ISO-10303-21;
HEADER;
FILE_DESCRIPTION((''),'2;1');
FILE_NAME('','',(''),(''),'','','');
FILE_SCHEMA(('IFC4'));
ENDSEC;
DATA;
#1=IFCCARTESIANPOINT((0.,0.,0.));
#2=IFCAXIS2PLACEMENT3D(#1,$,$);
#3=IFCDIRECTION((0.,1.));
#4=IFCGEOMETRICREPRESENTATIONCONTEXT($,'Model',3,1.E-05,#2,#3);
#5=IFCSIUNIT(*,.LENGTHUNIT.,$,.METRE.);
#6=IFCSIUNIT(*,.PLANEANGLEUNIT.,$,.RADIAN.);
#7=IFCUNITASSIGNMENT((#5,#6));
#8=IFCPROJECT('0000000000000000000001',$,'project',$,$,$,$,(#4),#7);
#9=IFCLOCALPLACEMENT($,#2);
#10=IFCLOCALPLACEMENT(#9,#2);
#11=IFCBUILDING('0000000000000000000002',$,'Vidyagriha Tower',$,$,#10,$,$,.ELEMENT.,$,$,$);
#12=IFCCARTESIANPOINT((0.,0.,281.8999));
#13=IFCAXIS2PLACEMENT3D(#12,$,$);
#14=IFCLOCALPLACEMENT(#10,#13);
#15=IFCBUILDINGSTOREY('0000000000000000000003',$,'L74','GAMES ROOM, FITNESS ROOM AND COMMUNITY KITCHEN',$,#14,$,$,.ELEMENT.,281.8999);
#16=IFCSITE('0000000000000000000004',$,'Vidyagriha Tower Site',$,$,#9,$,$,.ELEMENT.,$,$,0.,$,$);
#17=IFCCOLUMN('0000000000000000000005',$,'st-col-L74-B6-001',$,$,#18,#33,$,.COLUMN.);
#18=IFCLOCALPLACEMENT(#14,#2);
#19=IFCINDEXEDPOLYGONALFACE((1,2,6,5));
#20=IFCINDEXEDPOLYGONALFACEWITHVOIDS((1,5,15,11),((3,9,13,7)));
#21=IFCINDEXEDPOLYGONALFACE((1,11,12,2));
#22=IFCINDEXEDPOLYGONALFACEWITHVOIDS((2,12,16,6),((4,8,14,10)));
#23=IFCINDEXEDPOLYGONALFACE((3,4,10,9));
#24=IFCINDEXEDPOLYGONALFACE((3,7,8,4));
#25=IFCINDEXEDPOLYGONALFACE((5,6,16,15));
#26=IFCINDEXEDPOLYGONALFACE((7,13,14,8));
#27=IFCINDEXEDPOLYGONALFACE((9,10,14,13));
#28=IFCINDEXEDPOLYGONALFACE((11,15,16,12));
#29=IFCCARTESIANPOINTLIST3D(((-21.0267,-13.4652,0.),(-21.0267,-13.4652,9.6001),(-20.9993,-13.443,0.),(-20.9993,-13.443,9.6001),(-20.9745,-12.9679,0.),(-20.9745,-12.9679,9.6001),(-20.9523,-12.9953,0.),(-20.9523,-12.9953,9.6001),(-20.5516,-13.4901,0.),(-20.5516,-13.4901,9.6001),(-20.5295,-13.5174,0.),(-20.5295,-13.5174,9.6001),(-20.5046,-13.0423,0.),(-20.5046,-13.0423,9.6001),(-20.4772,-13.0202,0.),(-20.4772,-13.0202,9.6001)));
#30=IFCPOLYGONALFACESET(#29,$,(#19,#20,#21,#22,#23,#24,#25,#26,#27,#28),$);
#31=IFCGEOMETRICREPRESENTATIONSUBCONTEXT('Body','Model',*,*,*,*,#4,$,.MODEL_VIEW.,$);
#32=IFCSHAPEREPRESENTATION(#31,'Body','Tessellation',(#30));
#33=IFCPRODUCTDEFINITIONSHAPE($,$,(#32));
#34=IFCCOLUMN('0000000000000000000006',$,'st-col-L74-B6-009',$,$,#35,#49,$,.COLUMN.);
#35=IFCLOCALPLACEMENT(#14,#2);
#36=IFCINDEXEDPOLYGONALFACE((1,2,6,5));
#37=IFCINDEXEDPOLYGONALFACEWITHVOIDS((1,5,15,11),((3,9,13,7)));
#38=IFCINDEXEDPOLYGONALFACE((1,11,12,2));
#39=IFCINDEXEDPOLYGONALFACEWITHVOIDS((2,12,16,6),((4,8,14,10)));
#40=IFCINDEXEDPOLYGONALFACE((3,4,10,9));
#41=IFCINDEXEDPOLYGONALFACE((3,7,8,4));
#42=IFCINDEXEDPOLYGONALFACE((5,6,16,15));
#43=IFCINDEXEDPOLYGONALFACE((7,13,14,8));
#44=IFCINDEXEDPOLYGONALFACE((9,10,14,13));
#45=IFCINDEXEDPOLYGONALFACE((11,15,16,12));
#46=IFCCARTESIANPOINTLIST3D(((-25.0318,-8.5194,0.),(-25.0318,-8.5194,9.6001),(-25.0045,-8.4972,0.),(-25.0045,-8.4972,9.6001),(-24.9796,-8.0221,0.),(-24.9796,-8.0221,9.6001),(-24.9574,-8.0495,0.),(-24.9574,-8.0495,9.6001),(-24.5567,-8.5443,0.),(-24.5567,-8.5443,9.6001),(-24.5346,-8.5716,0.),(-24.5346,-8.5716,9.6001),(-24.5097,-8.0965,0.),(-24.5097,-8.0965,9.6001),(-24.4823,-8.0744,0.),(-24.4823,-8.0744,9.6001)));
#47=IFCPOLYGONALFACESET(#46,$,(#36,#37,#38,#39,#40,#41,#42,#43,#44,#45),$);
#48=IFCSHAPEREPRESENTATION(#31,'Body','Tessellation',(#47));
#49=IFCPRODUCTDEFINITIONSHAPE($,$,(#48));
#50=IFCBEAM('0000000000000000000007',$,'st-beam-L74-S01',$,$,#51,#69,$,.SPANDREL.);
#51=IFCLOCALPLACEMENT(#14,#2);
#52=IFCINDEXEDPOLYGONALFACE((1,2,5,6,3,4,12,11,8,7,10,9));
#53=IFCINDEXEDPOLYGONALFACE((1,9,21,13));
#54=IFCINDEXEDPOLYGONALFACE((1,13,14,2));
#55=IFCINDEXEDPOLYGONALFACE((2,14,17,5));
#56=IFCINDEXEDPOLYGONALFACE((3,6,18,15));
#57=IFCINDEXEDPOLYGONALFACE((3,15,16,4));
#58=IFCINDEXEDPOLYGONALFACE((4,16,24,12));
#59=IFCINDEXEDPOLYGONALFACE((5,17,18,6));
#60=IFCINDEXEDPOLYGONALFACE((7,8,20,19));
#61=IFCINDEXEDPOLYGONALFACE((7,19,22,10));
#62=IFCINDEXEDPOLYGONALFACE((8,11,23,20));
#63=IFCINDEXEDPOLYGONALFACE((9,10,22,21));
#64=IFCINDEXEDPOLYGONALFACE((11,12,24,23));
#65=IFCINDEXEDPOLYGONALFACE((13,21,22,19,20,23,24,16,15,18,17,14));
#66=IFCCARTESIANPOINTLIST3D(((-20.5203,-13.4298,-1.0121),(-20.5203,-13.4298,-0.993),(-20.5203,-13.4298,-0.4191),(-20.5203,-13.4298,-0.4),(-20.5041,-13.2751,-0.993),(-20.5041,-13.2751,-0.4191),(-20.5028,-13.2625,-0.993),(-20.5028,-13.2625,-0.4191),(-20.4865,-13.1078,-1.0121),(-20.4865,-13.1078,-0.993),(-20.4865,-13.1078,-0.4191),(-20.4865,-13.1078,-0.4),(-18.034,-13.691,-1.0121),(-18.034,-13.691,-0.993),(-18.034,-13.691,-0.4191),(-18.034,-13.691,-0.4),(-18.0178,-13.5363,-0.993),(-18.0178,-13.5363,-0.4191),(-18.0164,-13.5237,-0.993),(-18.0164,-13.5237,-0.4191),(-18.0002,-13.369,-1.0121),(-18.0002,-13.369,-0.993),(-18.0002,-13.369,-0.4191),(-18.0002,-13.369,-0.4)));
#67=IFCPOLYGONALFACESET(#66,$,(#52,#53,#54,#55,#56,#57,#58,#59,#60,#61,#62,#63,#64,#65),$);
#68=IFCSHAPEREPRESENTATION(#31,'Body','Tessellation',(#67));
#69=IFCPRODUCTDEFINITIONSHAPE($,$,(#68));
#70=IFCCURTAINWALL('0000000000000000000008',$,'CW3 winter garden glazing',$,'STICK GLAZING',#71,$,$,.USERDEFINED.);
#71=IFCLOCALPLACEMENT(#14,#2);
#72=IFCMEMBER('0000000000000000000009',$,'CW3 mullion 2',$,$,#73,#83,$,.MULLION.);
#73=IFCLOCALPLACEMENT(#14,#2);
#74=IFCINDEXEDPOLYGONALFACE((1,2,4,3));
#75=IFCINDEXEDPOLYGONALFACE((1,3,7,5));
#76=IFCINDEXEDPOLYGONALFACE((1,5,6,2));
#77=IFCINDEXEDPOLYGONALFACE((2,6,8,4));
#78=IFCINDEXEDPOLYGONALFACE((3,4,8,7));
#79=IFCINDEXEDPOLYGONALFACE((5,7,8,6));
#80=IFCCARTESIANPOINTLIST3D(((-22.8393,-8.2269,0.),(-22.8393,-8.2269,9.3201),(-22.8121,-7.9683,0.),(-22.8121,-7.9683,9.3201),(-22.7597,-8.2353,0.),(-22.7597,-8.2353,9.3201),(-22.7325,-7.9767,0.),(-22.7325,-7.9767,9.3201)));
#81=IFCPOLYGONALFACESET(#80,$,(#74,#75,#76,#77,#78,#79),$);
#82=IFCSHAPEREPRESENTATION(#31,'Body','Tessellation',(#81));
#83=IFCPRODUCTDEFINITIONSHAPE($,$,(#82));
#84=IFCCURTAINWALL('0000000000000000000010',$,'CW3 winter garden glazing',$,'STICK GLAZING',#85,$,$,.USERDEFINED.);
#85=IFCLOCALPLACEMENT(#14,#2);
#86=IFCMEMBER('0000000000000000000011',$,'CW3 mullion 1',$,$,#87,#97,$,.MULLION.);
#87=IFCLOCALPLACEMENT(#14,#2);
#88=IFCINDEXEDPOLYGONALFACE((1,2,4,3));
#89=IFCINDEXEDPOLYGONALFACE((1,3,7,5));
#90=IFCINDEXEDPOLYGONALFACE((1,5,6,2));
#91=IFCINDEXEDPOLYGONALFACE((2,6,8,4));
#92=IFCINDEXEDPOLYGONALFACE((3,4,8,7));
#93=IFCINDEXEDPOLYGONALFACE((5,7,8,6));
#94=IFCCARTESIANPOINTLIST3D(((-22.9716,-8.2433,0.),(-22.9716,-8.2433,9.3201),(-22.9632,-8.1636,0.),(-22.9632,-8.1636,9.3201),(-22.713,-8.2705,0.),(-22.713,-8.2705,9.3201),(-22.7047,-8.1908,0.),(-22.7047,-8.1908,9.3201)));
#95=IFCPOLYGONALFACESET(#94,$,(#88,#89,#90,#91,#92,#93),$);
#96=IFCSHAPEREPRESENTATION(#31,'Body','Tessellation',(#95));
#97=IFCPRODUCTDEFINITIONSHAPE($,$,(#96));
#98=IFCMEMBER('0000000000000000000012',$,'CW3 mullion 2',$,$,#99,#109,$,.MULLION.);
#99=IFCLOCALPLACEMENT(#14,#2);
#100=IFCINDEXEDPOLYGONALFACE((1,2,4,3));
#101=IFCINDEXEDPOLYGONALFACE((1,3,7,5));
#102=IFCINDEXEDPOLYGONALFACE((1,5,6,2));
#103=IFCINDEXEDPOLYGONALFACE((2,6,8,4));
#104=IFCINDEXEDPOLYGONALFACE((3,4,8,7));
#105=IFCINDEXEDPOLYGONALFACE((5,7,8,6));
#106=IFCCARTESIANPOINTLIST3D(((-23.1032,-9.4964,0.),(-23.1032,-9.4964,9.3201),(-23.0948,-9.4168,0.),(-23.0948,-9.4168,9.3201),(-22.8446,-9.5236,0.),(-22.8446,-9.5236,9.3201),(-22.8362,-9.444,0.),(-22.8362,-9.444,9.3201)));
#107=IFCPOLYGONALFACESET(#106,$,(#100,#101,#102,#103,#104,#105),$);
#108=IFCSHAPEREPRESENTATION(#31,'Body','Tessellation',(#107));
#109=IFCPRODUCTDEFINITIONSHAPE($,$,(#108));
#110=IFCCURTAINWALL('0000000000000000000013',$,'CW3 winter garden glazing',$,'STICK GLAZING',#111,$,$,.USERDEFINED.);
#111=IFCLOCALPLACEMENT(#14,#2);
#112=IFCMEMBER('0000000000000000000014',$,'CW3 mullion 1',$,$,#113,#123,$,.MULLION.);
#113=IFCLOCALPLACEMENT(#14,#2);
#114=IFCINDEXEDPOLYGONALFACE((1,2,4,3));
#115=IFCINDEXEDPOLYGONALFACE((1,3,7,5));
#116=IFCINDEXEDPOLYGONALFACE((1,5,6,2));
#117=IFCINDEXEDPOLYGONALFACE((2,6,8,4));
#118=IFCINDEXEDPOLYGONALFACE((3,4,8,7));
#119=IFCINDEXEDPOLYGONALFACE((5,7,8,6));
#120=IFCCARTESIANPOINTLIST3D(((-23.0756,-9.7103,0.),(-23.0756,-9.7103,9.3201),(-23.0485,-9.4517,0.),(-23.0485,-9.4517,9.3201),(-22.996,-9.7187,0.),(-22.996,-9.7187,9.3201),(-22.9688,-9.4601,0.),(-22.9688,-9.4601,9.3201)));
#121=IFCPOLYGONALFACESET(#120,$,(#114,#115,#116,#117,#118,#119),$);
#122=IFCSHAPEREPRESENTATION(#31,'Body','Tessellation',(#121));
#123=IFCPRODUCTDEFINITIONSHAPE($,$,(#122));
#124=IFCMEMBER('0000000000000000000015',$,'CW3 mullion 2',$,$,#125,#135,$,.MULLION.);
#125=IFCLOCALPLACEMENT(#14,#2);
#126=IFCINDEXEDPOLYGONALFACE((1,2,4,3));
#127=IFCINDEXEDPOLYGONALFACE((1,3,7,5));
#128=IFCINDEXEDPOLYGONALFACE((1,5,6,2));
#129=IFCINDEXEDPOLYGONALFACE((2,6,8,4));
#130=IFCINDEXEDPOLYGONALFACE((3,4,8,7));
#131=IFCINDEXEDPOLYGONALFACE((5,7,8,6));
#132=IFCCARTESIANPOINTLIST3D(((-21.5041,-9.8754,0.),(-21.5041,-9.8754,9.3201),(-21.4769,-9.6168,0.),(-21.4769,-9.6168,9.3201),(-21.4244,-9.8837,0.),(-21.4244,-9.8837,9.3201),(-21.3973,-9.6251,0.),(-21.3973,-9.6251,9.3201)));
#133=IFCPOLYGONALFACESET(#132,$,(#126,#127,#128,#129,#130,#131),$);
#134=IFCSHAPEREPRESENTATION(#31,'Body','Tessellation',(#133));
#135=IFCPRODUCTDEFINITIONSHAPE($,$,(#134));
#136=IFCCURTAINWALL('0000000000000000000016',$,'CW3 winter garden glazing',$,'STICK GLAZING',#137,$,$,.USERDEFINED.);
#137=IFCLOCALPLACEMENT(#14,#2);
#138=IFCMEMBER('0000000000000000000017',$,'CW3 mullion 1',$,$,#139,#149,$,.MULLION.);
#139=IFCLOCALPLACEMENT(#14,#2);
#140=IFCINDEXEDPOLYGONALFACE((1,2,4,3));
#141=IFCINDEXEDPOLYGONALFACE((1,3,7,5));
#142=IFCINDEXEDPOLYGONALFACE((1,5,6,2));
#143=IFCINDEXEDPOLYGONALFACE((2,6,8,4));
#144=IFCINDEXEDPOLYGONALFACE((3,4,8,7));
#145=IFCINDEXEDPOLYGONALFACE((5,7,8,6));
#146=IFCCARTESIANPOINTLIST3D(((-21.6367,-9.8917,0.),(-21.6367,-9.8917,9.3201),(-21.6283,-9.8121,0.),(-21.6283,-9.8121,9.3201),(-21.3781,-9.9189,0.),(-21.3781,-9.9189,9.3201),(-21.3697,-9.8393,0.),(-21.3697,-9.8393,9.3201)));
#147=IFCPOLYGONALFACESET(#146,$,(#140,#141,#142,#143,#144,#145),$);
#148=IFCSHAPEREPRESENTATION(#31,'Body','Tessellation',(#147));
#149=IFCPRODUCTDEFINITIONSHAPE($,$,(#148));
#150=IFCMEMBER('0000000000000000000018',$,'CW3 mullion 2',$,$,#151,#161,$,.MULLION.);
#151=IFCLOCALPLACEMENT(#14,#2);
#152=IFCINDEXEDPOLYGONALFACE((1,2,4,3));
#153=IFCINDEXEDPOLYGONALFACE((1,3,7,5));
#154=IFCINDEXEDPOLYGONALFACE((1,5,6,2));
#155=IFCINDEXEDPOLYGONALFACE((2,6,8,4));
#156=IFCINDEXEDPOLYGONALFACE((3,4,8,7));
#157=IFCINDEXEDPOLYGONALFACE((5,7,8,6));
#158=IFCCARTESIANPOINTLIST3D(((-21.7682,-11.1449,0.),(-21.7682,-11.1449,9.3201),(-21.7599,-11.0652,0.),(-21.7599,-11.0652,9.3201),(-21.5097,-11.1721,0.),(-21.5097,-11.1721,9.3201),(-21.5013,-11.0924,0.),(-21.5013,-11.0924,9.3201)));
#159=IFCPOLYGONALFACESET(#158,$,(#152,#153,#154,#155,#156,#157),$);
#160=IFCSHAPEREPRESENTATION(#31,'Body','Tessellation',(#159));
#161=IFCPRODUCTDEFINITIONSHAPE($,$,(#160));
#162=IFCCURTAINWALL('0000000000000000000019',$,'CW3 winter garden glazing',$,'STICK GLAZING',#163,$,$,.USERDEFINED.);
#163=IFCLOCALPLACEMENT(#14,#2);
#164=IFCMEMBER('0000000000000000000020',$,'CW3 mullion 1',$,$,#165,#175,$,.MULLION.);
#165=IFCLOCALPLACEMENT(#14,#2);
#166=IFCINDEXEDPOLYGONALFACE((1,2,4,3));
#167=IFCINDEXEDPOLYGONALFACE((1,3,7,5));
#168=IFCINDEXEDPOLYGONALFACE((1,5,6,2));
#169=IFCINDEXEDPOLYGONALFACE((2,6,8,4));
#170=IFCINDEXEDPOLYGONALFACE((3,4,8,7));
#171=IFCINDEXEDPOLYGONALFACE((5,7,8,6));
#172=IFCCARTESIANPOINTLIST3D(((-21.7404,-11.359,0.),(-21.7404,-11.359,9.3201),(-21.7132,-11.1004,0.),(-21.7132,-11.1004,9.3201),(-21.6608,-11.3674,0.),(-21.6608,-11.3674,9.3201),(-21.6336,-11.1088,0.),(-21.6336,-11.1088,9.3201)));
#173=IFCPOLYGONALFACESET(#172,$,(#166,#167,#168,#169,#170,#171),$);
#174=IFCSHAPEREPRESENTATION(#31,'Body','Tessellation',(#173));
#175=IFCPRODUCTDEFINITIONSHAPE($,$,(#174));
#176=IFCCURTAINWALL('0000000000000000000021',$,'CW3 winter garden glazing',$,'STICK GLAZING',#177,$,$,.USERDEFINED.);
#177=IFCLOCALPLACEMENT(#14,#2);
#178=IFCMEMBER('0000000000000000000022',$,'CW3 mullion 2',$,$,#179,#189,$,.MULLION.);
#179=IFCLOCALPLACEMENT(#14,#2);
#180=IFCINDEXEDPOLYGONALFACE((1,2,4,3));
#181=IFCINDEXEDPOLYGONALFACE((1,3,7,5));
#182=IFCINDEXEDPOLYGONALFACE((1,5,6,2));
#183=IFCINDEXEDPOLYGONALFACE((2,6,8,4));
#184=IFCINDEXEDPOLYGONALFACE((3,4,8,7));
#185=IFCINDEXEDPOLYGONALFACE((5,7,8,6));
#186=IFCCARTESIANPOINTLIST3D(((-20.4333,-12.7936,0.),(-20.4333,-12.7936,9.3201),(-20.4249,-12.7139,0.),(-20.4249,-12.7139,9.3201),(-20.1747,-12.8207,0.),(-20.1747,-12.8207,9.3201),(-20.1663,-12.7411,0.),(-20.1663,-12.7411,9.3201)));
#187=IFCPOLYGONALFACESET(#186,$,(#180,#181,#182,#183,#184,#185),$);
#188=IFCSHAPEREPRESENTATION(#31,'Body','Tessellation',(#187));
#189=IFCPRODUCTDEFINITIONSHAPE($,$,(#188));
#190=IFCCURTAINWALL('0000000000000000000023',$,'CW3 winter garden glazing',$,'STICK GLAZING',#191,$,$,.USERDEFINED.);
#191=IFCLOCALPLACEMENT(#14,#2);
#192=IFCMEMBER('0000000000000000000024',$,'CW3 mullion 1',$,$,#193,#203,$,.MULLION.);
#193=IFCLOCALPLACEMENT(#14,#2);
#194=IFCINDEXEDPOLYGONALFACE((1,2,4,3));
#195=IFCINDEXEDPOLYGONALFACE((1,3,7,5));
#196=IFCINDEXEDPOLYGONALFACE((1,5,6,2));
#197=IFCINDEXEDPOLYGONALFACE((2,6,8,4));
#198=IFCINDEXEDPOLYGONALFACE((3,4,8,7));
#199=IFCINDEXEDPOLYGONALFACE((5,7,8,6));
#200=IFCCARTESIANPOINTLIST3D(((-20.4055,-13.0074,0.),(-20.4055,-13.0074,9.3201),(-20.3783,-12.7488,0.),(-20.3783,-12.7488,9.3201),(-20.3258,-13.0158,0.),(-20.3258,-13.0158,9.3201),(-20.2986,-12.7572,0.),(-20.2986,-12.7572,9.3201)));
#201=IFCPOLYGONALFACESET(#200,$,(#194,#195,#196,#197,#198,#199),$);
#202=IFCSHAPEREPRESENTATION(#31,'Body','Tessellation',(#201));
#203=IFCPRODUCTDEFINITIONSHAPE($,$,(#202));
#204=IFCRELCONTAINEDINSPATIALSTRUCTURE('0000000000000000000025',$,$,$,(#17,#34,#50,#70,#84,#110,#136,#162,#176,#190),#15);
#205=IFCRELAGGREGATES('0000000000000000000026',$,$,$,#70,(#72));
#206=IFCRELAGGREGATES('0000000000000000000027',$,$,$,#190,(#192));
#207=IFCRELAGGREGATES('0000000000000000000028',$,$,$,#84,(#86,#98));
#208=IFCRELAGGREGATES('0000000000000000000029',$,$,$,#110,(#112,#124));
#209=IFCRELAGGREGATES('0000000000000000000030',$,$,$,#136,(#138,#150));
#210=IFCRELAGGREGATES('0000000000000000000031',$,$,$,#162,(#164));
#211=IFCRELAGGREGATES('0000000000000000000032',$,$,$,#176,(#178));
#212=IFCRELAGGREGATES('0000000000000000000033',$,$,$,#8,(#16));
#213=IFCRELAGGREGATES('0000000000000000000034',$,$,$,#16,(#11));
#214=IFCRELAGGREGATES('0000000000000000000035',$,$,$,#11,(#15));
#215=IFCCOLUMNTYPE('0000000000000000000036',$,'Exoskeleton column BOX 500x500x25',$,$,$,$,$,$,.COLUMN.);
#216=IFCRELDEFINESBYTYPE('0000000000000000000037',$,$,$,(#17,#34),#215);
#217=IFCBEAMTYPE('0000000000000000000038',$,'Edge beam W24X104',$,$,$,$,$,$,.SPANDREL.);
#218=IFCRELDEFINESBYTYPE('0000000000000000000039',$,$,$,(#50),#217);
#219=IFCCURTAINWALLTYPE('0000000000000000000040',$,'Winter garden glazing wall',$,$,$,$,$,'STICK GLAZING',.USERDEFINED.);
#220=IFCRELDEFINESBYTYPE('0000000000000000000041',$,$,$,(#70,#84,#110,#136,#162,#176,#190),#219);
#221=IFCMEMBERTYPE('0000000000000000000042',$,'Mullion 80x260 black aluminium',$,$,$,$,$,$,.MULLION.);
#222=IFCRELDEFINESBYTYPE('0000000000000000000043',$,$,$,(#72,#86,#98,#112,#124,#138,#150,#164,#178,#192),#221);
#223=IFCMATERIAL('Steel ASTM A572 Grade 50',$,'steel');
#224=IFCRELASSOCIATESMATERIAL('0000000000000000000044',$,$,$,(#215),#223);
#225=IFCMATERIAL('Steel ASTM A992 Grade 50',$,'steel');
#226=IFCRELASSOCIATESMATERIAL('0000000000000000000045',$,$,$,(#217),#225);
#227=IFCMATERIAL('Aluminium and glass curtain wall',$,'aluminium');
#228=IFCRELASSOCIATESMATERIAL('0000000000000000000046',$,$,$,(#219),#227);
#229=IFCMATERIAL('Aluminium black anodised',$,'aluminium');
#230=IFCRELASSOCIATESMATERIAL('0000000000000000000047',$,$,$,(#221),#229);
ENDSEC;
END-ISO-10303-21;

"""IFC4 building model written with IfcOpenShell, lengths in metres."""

from ifc_helpers import new_model, si_unit, direction, frame, origin, origin_2d, place, context, subcontext, project, spatial, rectangle, hollow_rectangle, i_section, extrude, material, material_profile, profile_set, type_object, element, aggregate, save


model = new_model("IFC4")

# Units and contexts
model_context = context("Model", 3, precision=1e-05, world=origin(), true_north=direction((0.0, 1.0)))
body_context = subcontext(model_context, "Body", "Model", "MODEL_VIEW")
ifc_project = project(units=[si_unit("LENGTHUNIT", "METRE"), si_unit("PLANEANGLEUNIT", "RADIAN")], contexts=[model_context])

# Site, building, storey
site_placement = place(None, origin())
site = spatial("IfcSite", under=ifc_project, at=site_placement, Name="Vidyagriha Tower Site", CompositionType="ELEMENT", RefElevation=0.0)
building_placement = place(site_placement, origin())
building = spatial("IfcBuilding", under=site, at=building_placement, Name="Vidyagriha Tower", CompositionType="ELEMENT")
storey_placement = place(building_placement, frame((0.0, 0.0, 281.8999)))
storey = spatial("IfcBuildingStorey", under=building, at=storey_placement, Name="L74", Description="GAMES ROOM, FITNESS ROOM AND COMMUNITY KITCHEN", CompositionType="ELEMENT", Elevation=281.8999)

# Columns
ifc_material_1 = material(Name="Steel ASTM A572 Grade 50", Category="steel")
ifc_material_profile_1 = material_profile(ifc_material_1, hollow_rectangle(XDim=0.5, YDim=0.5, WallThickness=0.0249, at=origin_2d()), Name="BOX 500x500x25")
ifc_profile_set_1 = profile_set([ifc_material_profile_1], Name="Steel ASTM A572 Grade 50")
column_type = type_object("IfcColumnType", Name="Exoskeleton column BOX 500x500x25", PredefinedType="COLUMN", material=ifc_profile_set_1)
for number, where, z_axis, x_axis, name in (
    (1, (-20.752, -13.2427, 0.0), (0.0, 0.0, 1.0), (0.994522, -0.104528, 0.0), "st-col-L74-B6-001"),
    (2, (-24.7571, -8.2969, 0.0), (0.0, 0.0, 1.0), (0.994522, -0.104528, 0.0), "st-col-L74-B6-009"),
):
    element("IfcColumn", number, at=place(storey_placement, frame(where, z_axis=z_axis, x_axis=x_axis)), inside=storey, type_object=column_type, Name=name, PredefinedType="COLUMN", context=body_context, shape_type="SweptSolid", body=[
        extrude(hollow_rectangle(XDim=0.5, YDim=0.5, WallThickness=0.0249, at=origin_2d()), origin(), (0.0, 0.0, 1.0), 9.6001),
    ])

# Beam
ifc_material_2 = material(Name="Steel ASTM A992 Grade 50", Category="steel")
ifc_material_profile_2 = material_profile(ifc_material_2, i_section(OverallWidth=0.3237, OverallDepth=0.6121, WebThickness=0.0127, FlangeThickness=0.019, at=origin_2d()), Name="W24X104")
ifc_profile_set_2 = profile_set([ifc_material_profile_2], Name="Steel ASTM A992 Grade 50")
beam_type = type_object("IfcBeamType", Name="Edge beam W24X104", PredefinedType="SPANDREL", material=ifc_profile_set_2)
beam_placement = place(storey_placement, frame((-20.5034, -13.2688, -0.7061), z_axis=(0.994526, -0.104492, 0.0), x_axis=(0.104492, 0.994526, 0.0)))
element("IfcBeam", 3, at=beam_placement, inside=storey, type_object=beam_type, Name="st-beam-L74-S01", PredefinedType="SPANDREL", context=body_context, shape_type="SweptSolid", body=[
    extrude(i_section(OverallWidth=0.3237, OverallDepth=0.6121, WebThickness=0.0127, FlangeThickness=0.019, at=origin_2d()), origin(), (0.0, 0.0, 1.0), 2.5),
])

# Curtain wall, member
ifc_material_3 = material(Name="Aluminium and glass curtain wall", Category="aluminium")
curtain_wall_type = type_object("IfcCurtainWallType", Name="Winter garden glazing wall", ElementType="STICK GLAZING", PredefinedType="USERDEFINED", material=ifc_material_3)
curtain_wall_1_placement = place(storey_placement, origin())
curtain_wall_1 = element("IfcCurtainWall", 4, at=curtain_wall_1_placement, inside=storey, type_object=curtain_wall_type, Name="CW3 winter garden glazing", ObjectType="STICK GLAZING", PredefinedType="USERDEFINED")
ifc_material_4 = material(Name="Aluminium black anodised", Category="aluminium")
ifc_material_profile_3 = material_profile(ifc_material_4, rectangle(XDim=0.26, YDim=0.0801, at=origin_2d()), Name="Mullion 80x260 black aluminium")
ifc_profile_set_3 = profile_set([ifc_material_profile_3], Name="Aluminium black anodised")
member_type_1 = type_object("IfcMemberType", Name="Mullion 80x260 black aluminium", PredefinedType="MULLION", material=ifc_profile_set_3)
member_1_placement = place(storey_placement, frame((-22.7859, -8.1018, 0.0), z_axis=(0.0, 0.0, 1.0), x_axis=(0.104519, 0.994523, 0.0)))
member_1 = element("IfcMember", 5, at=member_1_placement, type_object=member_type_1, Name="CW3 mullion 2", PredefinedType="MULLION", context=body_context, shape_type="SweptSolid", body=[
    extrude(rectangle(XDim=0.26, YDim=0.0801, at=origin_2d()), origin(), (0.0, 0.0, 1.0), 9.3201),
])
aggregate(curtain_wall_1, [member_1])

# Curtain walls, members
curtain_wall_2_placement = place(storey_placement, origin())
curtain_wall_2 = element("IfcCurtainWall", 6, at=curtain_wall_2_placement, inside=storey, type_object=curtain_wall_type, Name="CW3 winter garden glazing", ObjectType="STICK GLAZING", PredefinedType="USERDEFINED")
member_2_placement = place(storey_placement, frame((-22.8381, -8.217, 0.0), z_axis=(0.0, 0.0, 1.0), x_axis=(0.994519, -0.104557, 0.0)))
member_2 = element("IfcMember", 7, at=member_2_placement, type_object=member_type_1, Name="CW3 mullion 1", PredefinedType="MULLION", context=body_context, shape_type="SweptSolid", body=[
    extrude(rectangle(XDim=0.26, YDim=0.0801, at=origin_2d()), origin(), (0.0, 0.0, 1.0), 9.3201),
])
member_3_placement = place(storey_placement, frame((-22.9697, -9.4702, 0.0), z_axis=(0.0, 0.0, 1.0), x_axis=(0.994519, -0.104557, 0.0)))
member_3 = element("IfcMember", 8, at=member_3_placement, type_object=member_type_1, Name="CW3 mullion 2", PredefinedType="MULLION", context=body_context, shape_type="SweptSolid", body=[
    extrude(rectangle(XDim=0.26, YDim=0.0801, at=origin_2d()), origin(), (0.0, 0.0, 1.0), 9.3201),
])
curtain_wall_3_placement = place(storey_placement, origin())
curtain_wall_3 = element("IfcCurtainWall", 9, at=curtain_wall_3_placement, inside=storey, type_object=curtain_wall_type, Name="CW3 winter garden glazing", ObjectType="STICK GLAZING", PredefinedType="USERDEFINED")
member_4_placement = place(storey_placement, frame((-23.0222, -9.5852, 0.0), z_axis=(0.0, 0.0, 1.0), x_axis=(0.104459, 0.994529, 0.0)))
member_4 = element("IfcMember", 10, at=member_4_placement, type_object=member_type_1, Name="CW3 mullion 1", PredefinedType="MULLION", context=body_context, shape_type="SweptSolid", body=[
    extrude(rectangle(XDim=0.26, YDim=0.0801, at=origin_2d()), origin(), (0.0, 0.0, 1.0), 9.3201),
])
member_5_placement = place(storey_placement, frame((-21.4507, -9.7502, 0.0), z_axis=(0.0, 0.0, 1.0), x_axis=(0.104459, 0.994529, 0.0)))
member_5 = element("IfcMember", 11, at=member_5_placement, type_object=member_type_1, Name="CW3 mullion 2", PredefinedType="MULLION", context=body_context, shape_type="SweptSolid", body=[
    extrude(rectangle(XDim=0.26, YDim=0.0801, at=origin_2d()), origin(), (0.0, 0.0, 1.0), 9.3201),
])
curtain_wall_4_placement = place(storey_placement, origin())
curtain_wall_4 = element("IfcCurtainWall", 12, at=curtain_wall_4_placement, inside=storey, type_object=curtain_wall_type, Name="CW3 winter garden glazing", ObjectType="STICK GLAZING", PredefinedType="USERDEFINED")
member_6_placement = place(storey_placement, frame((-21.5032, -9.8655, 0.0), z_axis=(0.0, 0.0, 1.0), x_axis=(0.99452, -0.104549, 0.0)))
member_6 = element("IfcMember", 13, at=member_6_placement, type_object=member_type_1, Name="CW3 mullion 1", PredefinedType="MULLION", context=body_context, shape_type="SweptSolid", body=[
    extrude(rectangle(XDim=0.26, YDim=0.0801, at=origin_2d()), origin(), (0.0, 0.0, 1.0), 9.3201),
])
member_7_placement = place(storey_placement, frame((-21.6348, -11.1187, 0.0), z_axis=(0.0, 0.0, 1.0), x_axis=(0.99452, -0.104549, 0.0)))
member_7 = element("IfcMember", 14, at=member_7_placement, type_object=member_type_1, Name="CW3 mullion 2", PredefinedType="MULLION", context=body_context, shape_type="SweptSolid", body=[
    extrude(rectangle(XDim=0.26, YDim=0.0801, at=origin_2d()), origin(), (0.0, 0.0, 1.0), 9.3201),
])

# Curtain walls, members
curtain_wall_5_placement = place(storey_placement, origin())
curtain_wall_5 = element("IfcCurtainWall", 15, at=curtain_wall_5_placement, inside=storey, type_object=curtain_wall_type, Name="CW3 winter garden glazing", ObjectType="STICK GLAZING", PredefinedType="USERDEFINED")
member_8_placement = place(storey_placement, frame((-21.687, -11.2339, 0.0), z_axis=(0.0, 0.0, 1.0), x_axis=(0.104519, 0.994523, 0.0)))
member_8 = element("IfcMember", 16, at=member_8_placement, type_object=member_type_1, Name="CW3 mullion 1", PredefinedType="MULLION", context=body_context, shape_type="SweptSolid", body=[
    extrude(rectangle(XDim=0.26, YDim=0.0801, at=origin_2d()), origin(), (0.0, 0.0, 1.0), 9.3201),
])
curtain_wall_6_placement = place(storey_placement, origin())
curtain_wall_6 = element("IfcCurtainWall", 17, at=curtain_wall_6_placement, inside=storey, type_object=curtain_wall_type, Name="CW3 winter garden glazing", ObjectType="STICK GLAZING", PredefinedType="USERDEFINED")
member_9_placement = place(storey_placement, frame((-20.2998, -12.7673, 0.0), z_axis=(0.0, 0.0, 1.0), x_axis=(0.994519, -0.104557, 0.0)))
member_9 = element("IfcMember", 18, at=member_9_placement, type_object=member_type_1, Name="CW3 mullion 2", PredefinedType="MULLION", context=body_context, shape_type="SweptSolid", body=[
    extrude(rectangle(XDim=0.26, YDim=0.0801, at=origin_2d()), origin(), (0.0, 0.0, 1.0), 9.3201),
])
curtain_wall_7_placement = place(storey_placement, origin())
curtain_wall_7 = element("IfcCurtainWall", 19, at=curtain_wall_7_placement, inside=storey, type_object=curtain_wall_type, Name="CW3 winter garden glazing", ObjectType="STICK GLAZING", PredefinedType="USERDEFINED")
member_10_placement = place(storey_placement, frame((-20.3521, -12.8823, 0.0), z_axis=(0.0, 0.0, 1.0), x_axis=(0.104528, 0.994522, 0.0)))
member_10 = element("IfcMember", 20, at=member_10_placement, type_object=member_type_1, Name="CW3 mullion 1", PredefinedType="MULLION", context=body_context, shape_type="SweptSolid", body=[
    extrude(rectangle(XDim=0.26, YDim=0.0801, at=origin_2d()), origin(), (0.0, 0.0, 1.0), 9.3201),
])

aggregate(curtain_wall_7, [member_10])

aggregate(curtain_wall_2, [member_2, member_3])
aggregate(curtain_wall_3, [member_4, member_5])
aggregate(curtain_wall_4, [member_6, member_7])
aggregate(curtain_wall_5, [member_8])
aggregate(curtain_wall_6, [member_9])

save(model, "model.ifc")
